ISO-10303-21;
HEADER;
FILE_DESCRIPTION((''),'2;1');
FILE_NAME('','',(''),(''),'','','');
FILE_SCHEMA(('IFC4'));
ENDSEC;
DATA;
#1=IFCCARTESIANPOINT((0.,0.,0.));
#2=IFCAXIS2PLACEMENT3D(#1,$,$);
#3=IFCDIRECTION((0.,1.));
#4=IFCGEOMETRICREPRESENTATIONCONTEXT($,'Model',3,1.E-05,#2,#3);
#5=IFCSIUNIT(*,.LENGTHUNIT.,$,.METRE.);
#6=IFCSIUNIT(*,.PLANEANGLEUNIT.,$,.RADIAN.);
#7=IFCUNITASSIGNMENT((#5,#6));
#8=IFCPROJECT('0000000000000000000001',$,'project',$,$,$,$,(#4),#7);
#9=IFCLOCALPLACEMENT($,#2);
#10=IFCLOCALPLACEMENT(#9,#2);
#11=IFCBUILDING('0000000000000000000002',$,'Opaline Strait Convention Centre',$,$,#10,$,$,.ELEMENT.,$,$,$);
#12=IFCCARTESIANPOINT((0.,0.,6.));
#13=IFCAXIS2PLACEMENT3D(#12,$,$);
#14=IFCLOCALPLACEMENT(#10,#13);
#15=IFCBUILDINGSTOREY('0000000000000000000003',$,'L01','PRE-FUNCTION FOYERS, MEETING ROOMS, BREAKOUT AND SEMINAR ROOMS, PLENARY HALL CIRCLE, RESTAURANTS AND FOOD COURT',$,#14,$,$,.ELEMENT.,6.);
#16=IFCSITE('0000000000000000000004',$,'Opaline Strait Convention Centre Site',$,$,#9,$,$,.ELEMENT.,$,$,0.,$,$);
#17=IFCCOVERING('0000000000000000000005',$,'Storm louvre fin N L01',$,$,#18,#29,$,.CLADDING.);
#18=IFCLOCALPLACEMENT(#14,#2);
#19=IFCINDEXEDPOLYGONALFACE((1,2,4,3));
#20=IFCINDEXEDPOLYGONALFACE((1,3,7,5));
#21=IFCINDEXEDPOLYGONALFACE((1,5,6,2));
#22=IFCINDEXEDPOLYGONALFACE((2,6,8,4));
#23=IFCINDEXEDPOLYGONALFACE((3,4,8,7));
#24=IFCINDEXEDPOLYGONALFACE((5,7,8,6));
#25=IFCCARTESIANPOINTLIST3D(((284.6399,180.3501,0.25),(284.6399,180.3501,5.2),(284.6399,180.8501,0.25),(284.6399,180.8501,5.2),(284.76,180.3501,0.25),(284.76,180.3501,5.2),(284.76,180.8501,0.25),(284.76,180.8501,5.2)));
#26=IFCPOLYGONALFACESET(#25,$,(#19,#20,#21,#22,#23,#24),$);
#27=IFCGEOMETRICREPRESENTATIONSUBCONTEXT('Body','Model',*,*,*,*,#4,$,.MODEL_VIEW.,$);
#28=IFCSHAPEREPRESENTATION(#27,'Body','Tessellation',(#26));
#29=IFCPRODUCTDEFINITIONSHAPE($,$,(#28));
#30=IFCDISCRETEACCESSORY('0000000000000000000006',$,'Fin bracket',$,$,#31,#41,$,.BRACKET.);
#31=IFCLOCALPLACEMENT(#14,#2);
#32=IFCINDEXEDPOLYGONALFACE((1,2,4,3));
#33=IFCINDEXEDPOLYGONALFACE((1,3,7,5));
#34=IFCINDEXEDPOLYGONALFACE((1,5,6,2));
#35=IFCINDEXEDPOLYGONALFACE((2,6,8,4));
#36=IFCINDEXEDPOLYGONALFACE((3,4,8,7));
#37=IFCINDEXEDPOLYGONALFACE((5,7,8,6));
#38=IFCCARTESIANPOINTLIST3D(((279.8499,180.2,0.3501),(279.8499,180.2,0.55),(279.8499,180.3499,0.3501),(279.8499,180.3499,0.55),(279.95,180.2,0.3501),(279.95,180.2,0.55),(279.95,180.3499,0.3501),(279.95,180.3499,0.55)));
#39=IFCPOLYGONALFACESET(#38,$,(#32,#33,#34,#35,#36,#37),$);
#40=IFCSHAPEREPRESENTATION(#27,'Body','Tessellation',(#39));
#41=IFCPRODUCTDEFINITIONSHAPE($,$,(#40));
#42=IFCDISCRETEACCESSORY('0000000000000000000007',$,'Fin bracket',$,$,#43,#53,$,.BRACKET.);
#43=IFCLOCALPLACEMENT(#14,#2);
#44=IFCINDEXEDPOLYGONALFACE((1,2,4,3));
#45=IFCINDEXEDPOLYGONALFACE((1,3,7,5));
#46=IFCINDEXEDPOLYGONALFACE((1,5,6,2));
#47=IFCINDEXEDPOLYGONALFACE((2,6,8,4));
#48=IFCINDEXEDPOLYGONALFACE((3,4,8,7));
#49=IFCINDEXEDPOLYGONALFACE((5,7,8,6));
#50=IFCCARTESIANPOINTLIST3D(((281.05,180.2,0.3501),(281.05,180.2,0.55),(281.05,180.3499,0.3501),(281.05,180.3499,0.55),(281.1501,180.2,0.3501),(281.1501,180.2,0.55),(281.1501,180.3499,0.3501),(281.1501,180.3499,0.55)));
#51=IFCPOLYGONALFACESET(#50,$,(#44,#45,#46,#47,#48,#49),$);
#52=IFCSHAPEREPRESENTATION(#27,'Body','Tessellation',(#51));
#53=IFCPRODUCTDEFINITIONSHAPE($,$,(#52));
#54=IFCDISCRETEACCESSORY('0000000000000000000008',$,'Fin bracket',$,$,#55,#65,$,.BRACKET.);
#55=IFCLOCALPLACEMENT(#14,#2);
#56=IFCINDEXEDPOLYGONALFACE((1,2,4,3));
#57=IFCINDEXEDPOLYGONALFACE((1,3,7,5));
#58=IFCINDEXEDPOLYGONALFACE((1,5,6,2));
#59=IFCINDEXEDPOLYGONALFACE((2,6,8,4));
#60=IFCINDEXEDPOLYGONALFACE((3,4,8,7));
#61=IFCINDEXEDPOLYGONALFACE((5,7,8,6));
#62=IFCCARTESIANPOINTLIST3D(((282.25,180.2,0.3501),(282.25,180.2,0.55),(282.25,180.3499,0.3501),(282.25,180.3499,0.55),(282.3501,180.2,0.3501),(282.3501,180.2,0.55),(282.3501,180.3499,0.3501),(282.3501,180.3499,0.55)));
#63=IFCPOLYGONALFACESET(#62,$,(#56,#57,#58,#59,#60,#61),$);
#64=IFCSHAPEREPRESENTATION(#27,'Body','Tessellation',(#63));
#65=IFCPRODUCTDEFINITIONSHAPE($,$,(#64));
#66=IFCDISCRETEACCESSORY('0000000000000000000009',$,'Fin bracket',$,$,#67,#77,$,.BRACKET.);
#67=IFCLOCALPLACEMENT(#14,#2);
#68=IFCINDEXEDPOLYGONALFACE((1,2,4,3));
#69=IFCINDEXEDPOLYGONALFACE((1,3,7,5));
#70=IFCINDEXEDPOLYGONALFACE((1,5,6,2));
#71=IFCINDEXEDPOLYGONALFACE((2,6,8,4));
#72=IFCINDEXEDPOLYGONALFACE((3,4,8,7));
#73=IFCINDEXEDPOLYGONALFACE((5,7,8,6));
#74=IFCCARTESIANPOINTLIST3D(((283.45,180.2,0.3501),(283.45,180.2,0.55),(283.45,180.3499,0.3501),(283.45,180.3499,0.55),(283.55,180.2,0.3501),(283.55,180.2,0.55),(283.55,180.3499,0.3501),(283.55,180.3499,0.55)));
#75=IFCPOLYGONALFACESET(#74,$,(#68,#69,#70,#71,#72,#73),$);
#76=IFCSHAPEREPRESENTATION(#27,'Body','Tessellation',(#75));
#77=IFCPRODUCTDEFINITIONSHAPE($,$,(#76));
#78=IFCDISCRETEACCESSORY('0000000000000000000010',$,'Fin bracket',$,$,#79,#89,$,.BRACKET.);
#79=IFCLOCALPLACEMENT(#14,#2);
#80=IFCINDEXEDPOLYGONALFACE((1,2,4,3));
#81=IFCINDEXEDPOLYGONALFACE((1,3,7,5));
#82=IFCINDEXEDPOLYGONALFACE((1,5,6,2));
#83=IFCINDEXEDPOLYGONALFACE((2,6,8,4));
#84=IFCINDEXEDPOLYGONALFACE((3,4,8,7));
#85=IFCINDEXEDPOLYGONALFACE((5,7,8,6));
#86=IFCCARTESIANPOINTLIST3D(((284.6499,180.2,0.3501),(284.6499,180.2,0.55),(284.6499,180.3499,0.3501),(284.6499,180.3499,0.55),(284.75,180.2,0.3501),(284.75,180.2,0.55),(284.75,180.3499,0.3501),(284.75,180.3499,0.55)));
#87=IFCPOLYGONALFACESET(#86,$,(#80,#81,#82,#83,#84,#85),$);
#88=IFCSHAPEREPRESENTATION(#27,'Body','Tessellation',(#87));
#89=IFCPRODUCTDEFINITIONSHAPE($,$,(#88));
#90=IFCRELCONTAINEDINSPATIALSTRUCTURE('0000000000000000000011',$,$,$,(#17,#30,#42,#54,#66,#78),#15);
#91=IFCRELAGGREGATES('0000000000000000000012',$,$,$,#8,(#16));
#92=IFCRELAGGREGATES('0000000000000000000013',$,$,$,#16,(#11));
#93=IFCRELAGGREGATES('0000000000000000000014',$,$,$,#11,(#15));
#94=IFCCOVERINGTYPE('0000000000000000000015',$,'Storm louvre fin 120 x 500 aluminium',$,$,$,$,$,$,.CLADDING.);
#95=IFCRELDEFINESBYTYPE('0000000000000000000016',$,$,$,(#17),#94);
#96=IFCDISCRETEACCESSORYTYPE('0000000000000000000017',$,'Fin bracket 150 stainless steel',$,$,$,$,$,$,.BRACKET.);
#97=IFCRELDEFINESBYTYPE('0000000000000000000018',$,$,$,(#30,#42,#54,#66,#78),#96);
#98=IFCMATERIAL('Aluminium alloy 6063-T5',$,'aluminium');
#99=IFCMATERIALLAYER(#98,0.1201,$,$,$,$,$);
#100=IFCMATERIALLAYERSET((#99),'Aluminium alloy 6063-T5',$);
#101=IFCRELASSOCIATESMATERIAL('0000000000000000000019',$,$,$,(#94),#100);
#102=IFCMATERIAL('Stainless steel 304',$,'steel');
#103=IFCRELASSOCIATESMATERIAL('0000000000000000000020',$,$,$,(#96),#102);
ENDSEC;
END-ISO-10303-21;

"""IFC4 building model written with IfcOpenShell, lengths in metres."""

from ifc_helpers import new_model, si_unit, direction, frame, origin, origin_2d, place, context, subcontext, project, spatial, rectangle, extrude, material, layer, layer_set, type_object, element, save


model = new_model("IFC4")

# Units and contexts
model_context = context("Model", 3, precision=1e-05, world=origin(), true_north=direction((0.0, 1.0)))
body_context = subcontext(model_context, "Body", "Model", "MODEL_VIEW")
ifc_project = project(units=[si_unit("LENGTHUNIT", "METRE"), si_unit("PLANEANGLEUNIT", "RADIAN")], contexts=[model_context])

# Site, building, storey
site_placement = place(None, origin())
site = spatial("IfcSite", under=ifc_project, at=site_placement, Name="Opaline Strait Convention Centre Site", CompositionType="ELEMENT", RefElevation=0.0)
building_placement = place(site_placement, origin())
building = spatial("IfcBuilding", under=site, at=building_placement, Name="Opaline Strait Convention Centre", CompositionType="ELEMENT")
storey_placement = place(building_placement, frame((0.0, 0.0, 6.0)))
storey = spatial("IfcBuildingStorey", under=building, at=storey_placement, Name="L01", Description="PRE-FUNCTION FOYERS, MEETING ROOMS, BREAKOUT AND SEMINAR ROOMS, PLENARY HALL CIRCLE, RESTAURANTS AND FOOD COURT", CompositionType="ELEMENT", Elevation=6.0)

# Covering
ifc_material_1 = material(Name="Aluminium alloy 6063-T5", Category="aluminium")
ifc_layer_1 = layer(ifc_material_1, 0.1201)
ifc_layer_set_1 = layer_set([ifc_layer_1], Name="Aluminium alloy 6063-T5")
covering_type = type_object("IfcCoveringType", Name="Storm louvre fin 120 x 500 aluminium", PredefinedType="CLADDING", material=ifc_layer_set_1)
for number, where, z_axis, x_axis, name in (
    (1, (284.7, 180.6001, 0.25), (0.0, 0.0, 1.0), (1.0, 0.0, 0.0), "Storm louvre fin N L01"),
):
    element("IfcCovering", number, at=place(storey_placement, frame(where, z_axis=z_axis, x_axis=x_axis)), inside=storey, type_object=covering_type, Name=name, PredefinedType="CLADDING", context=body_context, shape_type="SweptSolid", body=[
        extrude(rectangle(XDim=0.1201, YDim=0.5, at=origin_2d()), origin(), (0.0, 0.0, 1.0), 4.95),
    ])

# Discrete accessories
ifc_material_2 = material(Name="Stainless steel 304", Category="steel")
discrete_accessory_type = type_object("IfcDiscreteAccessoryType", Name="Fin bracket 150 stainless steel", PredefinedType="BRACKET", material=ifc_material_2)
for number, where, z_axis, x_axis, name in (
    (2, (279.8999, 180.2749, 0.3501), (0.0, 0.0, 1.0), (1.0, 0.0, 0.0), "Fin bracket"),
    (3, (281.1001, 180.2749, 0.3501), (0.0, 0.0, 1.0), (1.0, 0.0, 0.0), "Fin bracket"),
    (4, (282.3, 180.2749, 0.3501), (0.0, 0.0, 1.0), (1.0, 0.0, 0.0), "Fin bracket"),
    (5, (283.5, 180.2749, 0.3501), (0.0, 0.0, 1.0), (1.0, 0.0, 0.0), "Fin bracket"),
    (6, (284.7, 180.2749, 0.3501), (0.0, 0.0, 1.0), (1.0, 0.0, 0.0), "Fin bracket"),
):
    element("IfcDiscreteAccessory", number, at=place(storey_placement, frame(where, z_axis=z_axis, x_axis=x_axis)), inside=storey, type_object=discrete_accessory_type, Name=name, PredefinedType="BRACKET", context=body_context, shape_type="SweptSolid", body=[
        extrude(rectangle(XDim=0.1001, YDim=0.1499, at=origin_2d()), origin(), (0.0, 0.0, 1.0), 0.2),
    ])

save(model, "model.ifc")
